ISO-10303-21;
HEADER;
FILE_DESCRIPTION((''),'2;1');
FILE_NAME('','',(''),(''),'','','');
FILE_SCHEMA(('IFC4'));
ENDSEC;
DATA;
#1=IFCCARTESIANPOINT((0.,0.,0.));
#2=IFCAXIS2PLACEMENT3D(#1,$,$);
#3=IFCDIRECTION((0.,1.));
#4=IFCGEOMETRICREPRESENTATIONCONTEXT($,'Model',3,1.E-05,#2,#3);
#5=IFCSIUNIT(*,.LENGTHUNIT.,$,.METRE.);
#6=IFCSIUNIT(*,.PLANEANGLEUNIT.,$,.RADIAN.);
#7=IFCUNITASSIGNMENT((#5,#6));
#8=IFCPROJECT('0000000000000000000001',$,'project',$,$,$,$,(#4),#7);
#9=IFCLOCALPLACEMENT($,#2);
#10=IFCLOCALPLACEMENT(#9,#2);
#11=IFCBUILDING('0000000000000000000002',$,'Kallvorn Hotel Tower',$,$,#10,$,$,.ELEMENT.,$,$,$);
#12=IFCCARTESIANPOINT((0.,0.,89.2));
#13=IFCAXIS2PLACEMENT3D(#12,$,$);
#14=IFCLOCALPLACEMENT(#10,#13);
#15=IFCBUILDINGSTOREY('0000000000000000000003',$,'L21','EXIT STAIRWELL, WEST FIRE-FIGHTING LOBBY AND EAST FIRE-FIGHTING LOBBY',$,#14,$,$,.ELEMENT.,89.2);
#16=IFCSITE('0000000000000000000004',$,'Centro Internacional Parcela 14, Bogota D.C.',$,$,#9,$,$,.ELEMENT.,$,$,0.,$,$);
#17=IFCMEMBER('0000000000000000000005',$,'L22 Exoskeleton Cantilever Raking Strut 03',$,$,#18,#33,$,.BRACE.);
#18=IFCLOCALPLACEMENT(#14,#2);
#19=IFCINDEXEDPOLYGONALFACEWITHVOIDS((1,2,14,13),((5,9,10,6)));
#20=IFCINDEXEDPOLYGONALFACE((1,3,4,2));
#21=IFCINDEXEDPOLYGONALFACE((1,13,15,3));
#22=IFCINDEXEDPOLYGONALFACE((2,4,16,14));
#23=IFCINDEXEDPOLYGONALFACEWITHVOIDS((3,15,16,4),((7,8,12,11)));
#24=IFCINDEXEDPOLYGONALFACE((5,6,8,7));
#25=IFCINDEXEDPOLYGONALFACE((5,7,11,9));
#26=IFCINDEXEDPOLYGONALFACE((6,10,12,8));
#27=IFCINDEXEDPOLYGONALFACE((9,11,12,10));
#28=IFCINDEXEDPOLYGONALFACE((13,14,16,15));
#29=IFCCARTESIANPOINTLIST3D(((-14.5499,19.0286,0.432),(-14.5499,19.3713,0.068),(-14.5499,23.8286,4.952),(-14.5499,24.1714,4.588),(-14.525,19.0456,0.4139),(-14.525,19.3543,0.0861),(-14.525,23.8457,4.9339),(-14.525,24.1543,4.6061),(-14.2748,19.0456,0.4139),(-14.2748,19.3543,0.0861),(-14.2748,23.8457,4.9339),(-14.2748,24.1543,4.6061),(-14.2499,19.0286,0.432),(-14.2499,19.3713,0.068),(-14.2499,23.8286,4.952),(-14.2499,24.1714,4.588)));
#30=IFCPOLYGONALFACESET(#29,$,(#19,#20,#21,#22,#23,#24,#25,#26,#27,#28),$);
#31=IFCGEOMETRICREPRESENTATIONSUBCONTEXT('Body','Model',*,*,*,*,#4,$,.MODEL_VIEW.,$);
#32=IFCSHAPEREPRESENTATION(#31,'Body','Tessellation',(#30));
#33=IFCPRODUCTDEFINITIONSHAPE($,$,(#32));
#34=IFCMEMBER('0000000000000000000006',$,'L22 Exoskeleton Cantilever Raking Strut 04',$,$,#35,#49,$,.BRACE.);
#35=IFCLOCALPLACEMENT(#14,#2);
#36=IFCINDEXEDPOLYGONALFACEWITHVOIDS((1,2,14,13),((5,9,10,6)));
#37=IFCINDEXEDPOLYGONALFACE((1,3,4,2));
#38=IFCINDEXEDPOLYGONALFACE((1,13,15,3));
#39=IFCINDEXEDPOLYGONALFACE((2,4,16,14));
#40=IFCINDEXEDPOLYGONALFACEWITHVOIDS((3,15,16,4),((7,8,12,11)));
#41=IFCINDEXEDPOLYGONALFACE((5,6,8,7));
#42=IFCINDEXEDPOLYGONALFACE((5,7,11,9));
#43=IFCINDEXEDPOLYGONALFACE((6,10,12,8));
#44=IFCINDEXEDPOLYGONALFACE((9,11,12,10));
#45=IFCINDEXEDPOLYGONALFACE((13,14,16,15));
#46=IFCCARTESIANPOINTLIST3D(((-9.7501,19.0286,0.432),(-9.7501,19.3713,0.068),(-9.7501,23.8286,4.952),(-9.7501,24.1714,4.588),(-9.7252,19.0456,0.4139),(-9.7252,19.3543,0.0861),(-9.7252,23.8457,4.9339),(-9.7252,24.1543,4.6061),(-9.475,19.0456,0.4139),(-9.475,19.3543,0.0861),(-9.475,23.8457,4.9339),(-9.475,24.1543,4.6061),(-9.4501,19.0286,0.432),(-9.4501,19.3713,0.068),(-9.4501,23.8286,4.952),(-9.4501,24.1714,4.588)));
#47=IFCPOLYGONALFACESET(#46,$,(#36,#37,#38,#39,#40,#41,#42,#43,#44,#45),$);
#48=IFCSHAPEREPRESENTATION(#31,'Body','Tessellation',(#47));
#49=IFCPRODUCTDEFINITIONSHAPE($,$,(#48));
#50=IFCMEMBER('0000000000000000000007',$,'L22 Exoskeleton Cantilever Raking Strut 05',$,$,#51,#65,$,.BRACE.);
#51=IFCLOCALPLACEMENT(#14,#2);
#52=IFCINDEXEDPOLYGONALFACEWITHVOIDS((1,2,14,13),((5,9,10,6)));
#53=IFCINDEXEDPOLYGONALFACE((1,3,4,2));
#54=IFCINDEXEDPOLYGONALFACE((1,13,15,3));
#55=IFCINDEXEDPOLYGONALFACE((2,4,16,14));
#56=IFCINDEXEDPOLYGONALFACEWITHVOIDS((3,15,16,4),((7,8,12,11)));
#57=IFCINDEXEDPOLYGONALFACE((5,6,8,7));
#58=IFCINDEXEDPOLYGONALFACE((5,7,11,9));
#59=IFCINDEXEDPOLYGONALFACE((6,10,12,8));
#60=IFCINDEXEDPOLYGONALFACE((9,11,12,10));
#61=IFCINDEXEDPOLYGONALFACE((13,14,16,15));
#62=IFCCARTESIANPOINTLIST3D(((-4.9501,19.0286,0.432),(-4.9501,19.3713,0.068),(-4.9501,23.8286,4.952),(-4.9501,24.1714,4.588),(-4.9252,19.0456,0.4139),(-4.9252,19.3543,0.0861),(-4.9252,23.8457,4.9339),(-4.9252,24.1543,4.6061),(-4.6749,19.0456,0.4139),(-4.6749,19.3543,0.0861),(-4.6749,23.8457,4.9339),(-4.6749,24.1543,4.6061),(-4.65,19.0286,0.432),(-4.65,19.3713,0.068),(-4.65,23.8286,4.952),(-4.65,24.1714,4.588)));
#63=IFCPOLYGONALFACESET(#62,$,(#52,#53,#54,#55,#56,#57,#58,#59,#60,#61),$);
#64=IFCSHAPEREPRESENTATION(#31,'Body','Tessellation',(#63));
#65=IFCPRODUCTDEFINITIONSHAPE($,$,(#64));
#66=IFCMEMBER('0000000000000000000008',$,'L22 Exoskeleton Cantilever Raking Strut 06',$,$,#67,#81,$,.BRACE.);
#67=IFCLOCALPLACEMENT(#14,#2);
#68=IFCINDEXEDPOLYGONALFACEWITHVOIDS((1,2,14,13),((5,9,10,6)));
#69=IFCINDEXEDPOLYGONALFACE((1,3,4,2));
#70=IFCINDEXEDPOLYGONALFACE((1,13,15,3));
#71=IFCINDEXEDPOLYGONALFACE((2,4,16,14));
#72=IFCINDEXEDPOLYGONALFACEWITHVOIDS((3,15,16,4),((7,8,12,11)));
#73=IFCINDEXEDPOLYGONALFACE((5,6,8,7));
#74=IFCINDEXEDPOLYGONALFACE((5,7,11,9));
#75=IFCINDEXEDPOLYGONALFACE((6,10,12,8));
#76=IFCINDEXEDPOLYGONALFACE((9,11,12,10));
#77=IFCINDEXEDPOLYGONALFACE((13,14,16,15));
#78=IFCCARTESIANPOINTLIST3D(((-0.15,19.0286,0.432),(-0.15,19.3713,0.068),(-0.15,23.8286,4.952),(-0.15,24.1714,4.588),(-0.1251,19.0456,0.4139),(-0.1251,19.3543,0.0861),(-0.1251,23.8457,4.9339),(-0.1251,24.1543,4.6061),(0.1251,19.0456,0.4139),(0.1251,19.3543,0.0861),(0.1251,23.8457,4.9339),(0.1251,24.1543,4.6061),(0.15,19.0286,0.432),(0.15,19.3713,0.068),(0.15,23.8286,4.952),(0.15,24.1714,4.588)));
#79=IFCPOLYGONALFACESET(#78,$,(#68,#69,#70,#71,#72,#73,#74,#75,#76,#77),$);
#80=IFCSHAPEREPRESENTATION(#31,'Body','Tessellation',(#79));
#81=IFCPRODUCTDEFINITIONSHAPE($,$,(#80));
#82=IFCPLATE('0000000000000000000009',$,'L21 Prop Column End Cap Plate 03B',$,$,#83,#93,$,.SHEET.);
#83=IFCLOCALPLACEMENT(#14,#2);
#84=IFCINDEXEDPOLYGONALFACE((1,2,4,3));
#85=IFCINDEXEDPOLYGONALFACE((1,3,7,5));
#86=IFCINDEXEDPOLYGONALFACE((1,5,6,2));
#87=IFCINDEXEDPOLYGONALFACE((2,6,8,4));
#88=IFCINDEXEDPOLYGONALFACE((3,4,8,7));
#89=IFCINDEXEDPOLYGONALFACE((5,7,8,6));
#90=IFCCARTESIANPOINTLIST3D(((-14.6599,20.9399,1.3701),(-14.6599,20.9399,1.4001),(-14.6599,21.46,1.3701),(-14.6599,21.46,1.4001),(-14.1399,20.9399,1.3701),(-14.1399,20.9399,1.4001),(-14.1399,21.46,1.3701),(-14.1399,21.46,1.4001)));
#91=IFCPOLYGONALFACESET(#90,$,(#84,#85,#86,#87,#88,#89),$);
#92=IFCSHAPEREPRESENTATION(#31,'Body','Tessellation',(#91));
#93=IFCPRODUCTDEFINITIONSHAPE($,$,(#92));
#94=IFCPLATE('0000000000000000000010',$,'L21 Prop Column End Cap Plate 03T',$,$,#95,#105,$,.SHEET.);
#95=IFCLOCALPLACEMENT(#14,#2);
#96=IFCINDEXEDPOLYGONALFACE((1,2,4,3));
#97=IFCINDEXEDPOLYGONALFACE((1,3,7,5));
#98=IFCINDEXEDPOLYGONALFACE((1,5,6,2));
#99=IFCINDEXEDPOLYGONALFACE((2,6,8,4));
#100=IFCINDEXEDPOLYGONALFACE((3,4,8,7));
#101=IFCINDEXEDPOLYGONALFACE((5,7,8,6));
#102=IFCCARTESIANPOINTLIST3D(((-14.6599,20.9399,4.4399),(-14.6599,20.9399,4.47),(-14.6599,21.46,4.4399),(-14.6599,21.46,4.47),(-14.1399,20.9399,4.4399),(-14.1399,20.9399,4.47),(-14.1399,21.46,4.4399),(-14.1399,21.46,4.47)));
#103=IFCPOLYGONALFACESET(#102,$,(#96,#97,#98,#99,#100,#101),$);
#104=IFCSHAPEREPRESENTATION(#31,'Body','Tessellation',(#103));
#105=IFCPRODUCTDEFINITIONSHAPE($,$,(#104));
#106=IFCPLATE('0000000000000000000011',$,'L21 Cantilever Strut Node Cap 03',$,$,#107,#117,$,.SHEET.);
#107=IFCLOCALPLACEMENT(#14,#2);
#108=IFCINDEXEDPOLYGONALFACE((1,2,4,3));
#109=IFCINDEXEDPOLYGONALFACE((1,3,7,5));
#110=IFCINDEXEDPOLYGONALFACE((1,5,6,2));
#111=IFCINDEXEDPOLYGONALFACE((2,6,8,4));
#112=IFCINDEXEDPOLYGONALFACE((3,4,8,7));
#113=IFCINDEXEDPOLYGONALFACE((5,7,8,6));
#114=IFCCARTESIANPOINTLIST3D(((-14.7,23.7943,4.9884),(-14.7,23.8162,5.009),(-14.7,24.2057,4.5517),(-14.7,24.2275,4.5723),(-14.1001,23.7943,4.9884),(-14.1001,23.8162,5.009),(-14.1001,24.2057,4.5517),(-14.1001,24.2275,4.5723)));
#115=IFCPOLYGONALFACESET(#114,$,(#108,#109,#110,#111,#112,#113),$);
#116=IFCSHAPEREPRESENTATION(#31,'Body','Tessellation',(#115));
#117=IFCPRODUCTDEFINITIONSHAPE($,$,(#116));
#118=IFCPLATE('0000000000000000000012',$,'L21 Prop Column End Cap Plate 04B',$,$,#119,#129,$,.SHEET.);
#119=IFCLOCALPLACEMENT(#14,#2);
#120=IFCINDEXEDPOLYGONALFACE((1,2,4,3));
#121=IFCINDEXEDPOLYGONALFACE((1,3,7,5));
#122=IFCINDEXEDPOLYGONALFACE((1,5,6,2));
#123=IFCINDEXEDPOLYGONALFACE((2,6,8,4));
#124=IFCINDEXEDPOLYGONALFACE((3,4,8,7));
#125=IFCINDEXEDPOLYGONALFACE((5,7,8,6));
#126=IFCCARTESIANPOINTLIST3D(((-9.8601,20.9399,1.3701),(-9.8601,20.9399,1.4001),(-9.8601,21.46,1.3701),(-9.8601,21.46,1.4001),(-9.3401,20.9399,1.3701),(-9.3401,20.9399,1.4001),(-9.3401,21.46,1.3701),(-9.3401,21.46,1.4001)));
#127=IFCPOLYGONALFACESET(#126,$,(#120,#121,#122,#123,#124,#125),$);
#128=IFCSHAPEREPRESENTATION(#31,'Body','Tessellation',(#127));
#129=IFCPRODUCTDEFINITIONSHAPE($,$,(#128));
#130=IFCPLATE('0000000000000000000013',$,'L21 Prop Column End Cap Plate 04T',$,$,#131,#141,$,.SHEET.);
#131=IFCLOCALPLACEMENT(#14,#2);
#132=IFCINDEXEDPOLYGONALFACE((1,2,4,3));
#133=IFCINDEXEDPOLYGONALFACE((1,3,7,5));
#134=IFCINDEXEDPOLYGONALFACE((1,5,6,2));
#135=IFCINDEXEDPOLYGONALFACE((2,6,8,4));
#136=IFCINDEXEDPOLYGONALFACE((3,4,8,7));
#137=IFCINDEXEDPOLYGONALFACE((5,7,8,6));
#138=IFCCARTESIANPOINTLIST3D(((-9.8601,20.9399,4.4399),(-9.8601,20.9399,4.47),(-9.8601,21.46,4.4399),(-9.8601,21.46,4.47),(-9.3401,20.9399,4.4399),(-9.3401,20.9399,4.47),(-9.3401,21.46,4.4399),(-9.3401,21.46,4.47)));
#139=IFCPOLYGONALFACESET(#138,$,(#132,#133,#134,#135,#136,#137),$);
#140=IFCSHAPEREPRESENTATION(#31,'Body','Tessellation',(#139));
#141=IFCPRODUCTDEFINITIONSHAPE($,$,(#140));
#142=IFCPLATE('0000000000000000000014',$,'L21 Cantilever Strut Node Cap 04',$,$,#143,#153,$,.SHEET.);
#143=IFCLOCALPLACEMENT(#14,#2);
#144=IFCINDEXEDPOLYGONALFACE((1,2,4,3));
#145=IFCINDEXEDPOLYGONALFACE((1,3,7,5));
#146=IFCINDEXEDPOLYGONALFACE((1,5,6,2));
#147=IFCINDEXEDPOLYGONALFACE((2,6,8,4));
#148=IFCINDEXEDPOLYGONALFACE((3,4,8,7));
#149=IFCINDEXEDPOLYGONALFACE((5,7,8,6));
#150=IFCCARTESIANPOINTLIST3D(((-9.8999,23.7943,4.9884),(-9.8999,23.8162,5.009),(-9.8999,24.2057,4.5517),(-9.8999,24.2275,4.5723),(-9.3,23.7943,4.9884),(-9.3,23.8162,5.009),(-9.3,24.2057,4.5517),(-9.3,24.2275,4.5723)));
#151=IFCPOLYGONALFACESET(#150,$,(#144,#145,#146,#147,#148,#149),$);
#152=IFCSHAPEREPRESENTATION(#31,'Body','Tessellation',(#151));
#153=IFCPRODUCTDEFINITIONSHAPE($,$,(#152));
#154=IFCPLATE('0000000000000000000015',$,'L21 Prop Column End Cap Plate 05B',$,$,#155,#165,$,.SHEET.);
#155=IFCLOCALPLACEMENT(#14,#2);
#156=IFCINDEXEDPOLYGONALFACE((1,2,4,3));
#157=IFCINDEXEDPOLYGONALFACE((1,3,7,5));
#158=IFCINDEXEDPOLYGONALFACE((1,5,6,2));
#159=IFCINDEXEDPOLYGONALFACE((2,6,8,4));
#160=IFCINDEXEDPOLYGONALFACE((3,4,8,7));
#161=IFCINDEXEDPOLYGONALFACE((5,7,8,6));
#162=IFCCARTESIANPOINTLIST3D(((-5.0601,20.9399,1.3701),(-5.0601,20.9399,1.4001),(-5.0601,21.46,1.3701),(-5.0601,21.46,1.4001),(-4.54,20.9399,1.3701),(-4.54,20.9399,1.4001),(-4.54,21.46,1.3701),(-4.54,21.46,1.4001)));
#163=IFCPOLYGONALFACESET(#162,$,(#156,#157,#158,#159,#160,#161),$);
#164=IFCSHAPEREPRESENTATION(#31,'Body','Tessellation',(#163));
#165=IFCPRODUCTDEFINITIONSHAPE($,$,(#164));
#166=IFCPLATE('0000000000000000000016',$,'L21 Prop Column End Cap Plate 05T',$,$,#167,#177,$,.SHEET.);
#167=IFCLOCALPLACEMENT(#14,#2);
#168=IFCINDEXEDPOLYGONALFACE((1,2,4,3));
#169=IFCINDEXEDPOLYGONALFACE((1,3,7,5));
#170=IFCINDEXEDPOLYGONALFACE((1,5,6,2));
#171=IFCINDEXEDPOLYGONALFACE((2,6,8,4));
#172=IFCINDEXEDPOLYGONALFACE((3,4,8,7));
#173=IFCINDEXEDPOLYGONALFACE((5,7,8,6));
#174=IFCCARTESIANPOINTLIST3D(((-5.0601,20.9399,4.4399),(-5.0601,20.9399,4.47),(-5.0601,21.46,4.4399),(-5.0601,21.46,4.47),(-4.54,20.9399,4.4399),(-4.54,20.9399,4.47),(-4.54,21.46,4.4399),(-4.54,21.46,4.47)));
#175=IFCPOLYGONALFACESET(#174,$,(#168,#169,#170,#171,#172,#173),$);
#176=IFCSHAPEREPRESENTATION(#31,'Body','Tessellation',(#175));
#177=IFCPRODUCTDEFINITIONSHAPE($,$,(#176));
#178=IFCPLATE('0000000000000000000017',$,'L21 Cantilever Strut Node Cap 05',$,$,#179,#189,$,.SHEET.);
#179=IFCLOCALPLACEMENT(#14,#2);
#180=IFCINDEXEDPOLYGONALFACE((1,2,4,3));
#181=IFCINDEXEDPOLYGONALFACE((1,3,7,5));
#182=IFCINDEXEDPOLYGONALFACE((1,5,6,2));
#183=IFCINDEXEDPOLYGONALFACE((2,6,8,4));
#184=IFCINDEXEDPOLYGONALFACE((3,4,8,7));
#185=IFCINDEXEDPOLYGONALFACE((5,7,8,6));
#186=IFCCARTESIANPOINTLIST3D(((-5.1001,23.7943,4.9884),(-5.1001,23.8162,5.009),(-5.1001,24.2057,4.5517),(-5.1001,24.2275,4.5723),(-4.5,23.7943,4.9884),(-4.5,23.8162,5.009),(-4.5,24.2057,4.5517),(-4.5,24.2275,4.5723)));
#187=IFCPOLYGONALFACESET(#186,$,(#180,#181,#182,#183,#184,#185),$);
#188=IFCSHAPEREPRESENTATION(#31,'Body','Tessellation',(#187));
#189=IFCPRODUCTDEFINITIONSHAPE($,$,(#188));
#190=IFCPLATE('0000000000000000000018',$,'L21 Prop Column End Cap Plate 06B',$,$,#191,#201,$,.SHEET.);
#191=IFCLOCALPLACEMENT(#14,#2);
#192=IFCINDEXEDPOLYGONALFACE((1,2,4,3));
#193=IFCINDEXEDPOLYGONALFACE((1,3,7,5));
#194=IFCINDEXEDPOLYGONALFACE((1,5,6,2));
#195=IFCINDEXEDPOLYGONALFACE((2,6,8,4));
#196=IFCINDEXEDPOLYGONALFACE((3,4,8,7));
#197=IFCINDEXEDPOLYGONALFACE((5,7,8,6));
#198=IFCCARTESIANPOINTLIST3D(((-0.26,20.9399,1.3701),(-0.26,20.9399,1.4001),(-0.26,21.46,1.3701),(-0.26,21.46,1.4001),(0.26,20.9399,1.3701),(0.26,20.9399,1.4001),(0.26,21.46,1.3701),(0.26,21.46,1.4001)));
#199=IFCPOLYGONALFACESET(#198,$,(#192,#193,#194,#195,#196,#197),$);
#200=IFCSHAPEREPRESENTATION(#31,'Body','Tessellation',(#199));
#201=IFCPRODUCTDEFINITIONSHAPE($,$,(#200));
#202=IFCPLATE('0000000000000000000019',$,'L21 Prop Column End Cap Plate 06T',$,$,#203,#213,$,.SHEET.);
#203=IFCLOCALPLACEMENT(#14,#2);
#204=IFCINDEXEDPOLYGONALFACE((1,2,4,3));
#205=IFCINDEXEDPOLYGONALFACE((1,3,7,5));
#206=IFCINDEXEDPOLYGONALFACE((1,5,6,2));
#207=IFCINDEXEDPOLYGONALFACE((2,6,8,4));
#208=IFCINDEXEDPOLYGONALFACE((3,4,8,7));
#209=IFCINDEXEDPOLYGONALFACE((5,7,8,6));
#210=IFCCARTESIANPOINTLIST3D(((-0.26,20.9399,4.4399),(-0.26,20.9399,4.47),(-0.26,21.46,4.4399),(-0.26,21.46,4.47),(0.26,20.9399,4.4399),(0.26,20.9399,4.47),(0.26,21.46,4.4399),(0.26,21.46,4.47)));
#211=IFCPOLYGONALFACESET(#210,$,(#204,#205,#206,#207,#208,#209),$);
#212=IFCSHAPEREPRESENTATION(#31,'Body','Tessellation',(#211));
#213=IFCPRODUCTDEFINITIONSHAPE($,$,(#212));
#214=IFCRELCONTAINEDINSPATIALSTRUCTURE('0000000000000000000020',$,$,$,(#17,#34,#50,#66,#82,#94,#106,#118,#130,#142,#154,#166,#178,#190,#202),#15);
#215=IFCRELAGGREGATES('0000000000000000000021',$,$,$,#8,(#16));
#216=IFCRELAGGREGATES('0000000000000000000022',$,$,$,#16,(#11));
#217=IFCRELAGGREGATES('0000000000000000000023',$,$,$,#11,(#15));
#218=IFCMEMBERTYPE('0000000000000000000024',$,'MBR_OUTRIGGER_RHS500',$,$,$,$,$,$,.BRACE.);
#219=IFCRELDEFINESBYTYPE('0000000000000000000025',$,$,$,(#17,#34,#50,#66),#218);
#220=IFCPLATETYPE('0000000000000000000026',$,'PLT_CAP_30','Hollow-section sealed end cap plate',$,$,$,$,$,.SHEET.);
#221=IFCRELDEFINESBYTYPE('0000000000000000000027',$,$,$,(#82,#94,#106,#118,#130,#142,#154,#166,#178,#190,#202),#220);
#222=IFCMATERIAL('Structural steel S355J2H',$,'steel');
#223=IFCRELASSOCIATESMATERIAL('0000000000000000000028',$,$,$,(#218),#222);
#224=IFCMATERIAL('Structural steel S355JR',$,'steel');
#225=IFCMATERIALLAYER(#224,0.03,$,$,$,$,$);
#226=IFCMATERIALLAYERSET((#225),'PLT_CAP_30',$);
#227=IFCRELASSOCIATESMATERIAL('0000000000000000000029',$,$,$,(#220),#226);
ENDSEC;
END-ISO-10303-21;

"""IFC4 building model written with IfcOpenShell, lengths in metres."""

from ifc_helpers import new_model, si_unit, direction, frame, origin, origin_2d, place, context, subcontext, project, spatial, polyline, rectangle, hollow_rectangle, outline, extrude, material, layer, layer_set, material_profile, profile_set, type_object, element, save


model = new_model("IFC4")

# Units and contexts
model_context = context("Model", 3, precision=1e-05, world=origin(), true_north=direction((0.0, 1.0)))
body_context = subcontext(model_context, "Body", "Model", "MODEL_VIEW")
ifc_project = project(units=[si_unit("LENGTHUNIT", "METRE"), si_unit("PLANEANGLEUNIT", "RADIAN")], contexts=[model_context])

# Site, building, storey
site_placement = place(None, origin())
site = spatial("IfcSite", under=ifc_project, at=site_placement, Name="Centro Internacional Parcela 14, Bogota D.C.", CompositionType="ELEMENT", RefElevation=0.0)
building_placement = place(site_placement, origin())
building = spatial("IfcBuilding", under=site, at=building_placement, Name="Kallvorn Hotel Tower", CompositionType="ELEMENT")
storey_placement = place(building_placement, frame((0.0, 0.0, 89.2)))
storey = spatial("IfcBuildingStorey", under=building, at=storey_placement, Name="L21", Description="EXIT STAIRWELL, WEST FIRE-FIGHTING LOBBY AND EAST FIRE-FIGHTING LOBBY", CompositionType="ELEMENT", Elevation=89.2)

# Members
ifc_material_1 = material(Name="Structural steel S355J2H", Category="steel")
ifc_material_profile_1 = material_profile(ifc_material_1, hollow_rectangle(XDim=0.3, YDim=0.5, WallThickness=0.0249, at=origin_2d()), Name="RHS 500x300x25")
ifc_profile_set_1 = profile_set([ifc_material_profile_1], Name="Structural steel S355J2H")
member_type = type_object("IfcMemberType", Name="MBR_OUTRIGGER_RHS500", PredefinedType="BRACE", material=ifc_profile_set_1)
for number, where, z_axis, x_axis, name in (
    (1, (-14.3999, 19.2, 0.25), (0.0, 0.728024, 0.685552), (-1.0, 0.0, 0.0), "L22 Exoskeleton Cantilever Raking Strut 03"),
    (2, (-9.6001, 19.2, 0.25), (0.0, 0.728024, 0.685552), (-1.0, 0.0, 0.0), "L22 Exoskeleton Cantilever Raking Strut 04"),
    (3, (-4.8, 19.2, 0.25), (0.0, 0.728024, 0.685552), (-1.0, 0.0, 0.0), "L22 Exoskeleton Cantilever Raking Strut 05"),
    (4, (0.0, 19.2, 0.25), (0.0, 0.728024, 0.685552), (-1.0, 0.0, 0.0), "L22 Exoskeleton Cantilever Raking Strut 06"),
):
    element("IfcMember", number, at=place(storey_placement, frame(where, z_axis=z_axis, x_axis=x_axis)), inside=storey, type_object=member_type, Name=name, PredefinedType="BRACE", context=body_context, shape_type="SweptSolid", body=[
        extrude(hollow_rectangle(XDim=0.3, YDim=0.5, WallThickness=0.0249, at=origin_2d()), origin(), (0.0, 0.0, 1.0), 6.5933),
    ])

# Plates
ifc_material_2 = material(Name="Structural steel S355JR", Category="steel")
ifc_layer = layer(ifc_material_2, 0.03)
ifc_layer_set = layer_set([ifc_layer], Name="PLT_CAP_30")
plate_type = type_object("IfcPlateType", Name="PLT_CAP_30", Description="Hollow-section sealed end cap plate", PredefinedType="SHEET", material=ifc_layer_set)
for number, where, z_axis, x_axis, name in (
    (5, (-14.3999, 21.2, 1.3701), (0.0, 0.0, 1.0), (1.0, 0.0, 0.0), "L21 Prop Column End Cap Plate 03B"),
    (6, (-14.3999, 21.2, 4.4399), (0.0, 0.0, 1.0), (1.0, 0.0, 0.0), "L21 Prop Column End Cap Plate 03T"),
):
    element("IfcPlate", number, at=place(storey_placement, frame(where, z_axis=z_axis, x_axis=x_axis)), inside=storey, type_object=plate_type, Name=name, PredefinedType="SHEET", context=body_context, shape_type="SweptSolid", body=[
        extrude(rectangle(XDim=0.52, YDim=0.52, at=origin_2d()), origin(), (0.0, 0.0, 1.0), 0.03),
    ])
plate_1_placement = place(storey_placement, frame((-14.1001, 24.2275, 4.5723), z_axis=(0.0, 0.727949, 0.685631), x_axis=(-1.0, 0.0, 0.0)))
element("IfcPlate", 7, at=plate_1_placement, inside=storey, type_object=plate_type, Name="L21 Cantilever Strut Node Cap 03", PredefinedType="SHEET", context=body_context, shape_type="SweptSolid", body=[
    extrude(outline(polyline([(0.0, 0.0), (0.5999, 0.0), (0.5999, 0.6), (0.0, 0.6), (0.0, 0.0)])), origin(), (0.0, 0.0, -1.0), 0.03),
])
for number, where, z_axis, x_axis, name in (
    (8, (-9.6001, 21.2, 1.3701), (0.0, 0.0, 1.0), (1.0, 0.0, 0.0), "L21 Prop Column End Cap Plate 04B"),
    (9, (-9.6001, 21.2, 4.4399), (0.0, 0.0, 1.0), (1.0, 0.0, 0.0), "L21 Prop Column End Cap Plate 04T"),
):
    element("IfcPlate", number, at=place(storey_placement, frame(where, z_axis=z_axis, x_axis=x_axis)), inside=storey, type_object=plate_type, Name=name, PredefinedType="SHEET", context=body_context, shape_type="SweptSolid", body=[
        extrude(rectangle(XDim=0.52, YDim=0.52, at=origin_2d()), origin(), (0.0, 0.0, 1.0), 0.03),
    ])
plate_2_placement = place(storey_placement, frame((-9.3, 24.2275, 4.5723), z_axis=(0.0, 0.727949, 0.685631), x_axis=(-1.0, 0.0, 0.0)))
element("IfcPlate", 10, at=plate_2_placement, inside=storey, type_object=plate_type, Name="L21 Cantilever Strut Node Cap 04", PredefinedType="SHEET", context=body_context, shape_type="SweptSolid", body=[
    extrude(outline(polyline([(0.0, 0.0), (0.5999, 0.0), (0.5999, 0.6), (0.0, 0.6), (0.0, 0.0)])), origin(), (0.0, 0.0, -1.0), 0.03),
])
for number, where, z_axis, x_axis, name in (
    (11, (-4.8, 21.2, 1.3701), (0.0, 0.0, 1.0), (1.0, 0.0, 0.0), "L21 Prop Column End Cap Plate 05B"),
    (12, (-4.8, 21.2, 4.4399), (0.0, 0.0, 1.0), (1.0, 0.0, 0.0), "L21 Prop Column End Cap Plate 05T"),
):
    element("IfcPlate", number, at=place(storey_placement, frame(where, z_axis=z_axis, x_axis=x_axis)), inside=storey, type_object=plate_type, Name=name, PredefinedType="SHEET", context=body_context, shape_type="SweptSolid", body=[
        extrude(rectangle(XDim=0.52, YDim=0.52, at=origin_2d()), origin(), (0.0, 0.0, 1.0), 0.03),
    ])
plate_3_placement = place(storey_placement, frame((-4.5, 24.2275, 4.5723), z_axis=(0.0, 0.727949, 0.685631), x_axis=(-1.0, 0.0, 0.0)))
element("IfcPlate", 13, at=plate_3_placement, inside=storey, type_object=plate_type, Name="L21 Cantilever Strut Node Cap 05", PredefinedType="SHEET", context=body_context, shape_type="SweptSolid", body=[
    extrude(outline(polyline([(0.0, 0.0), (0.6001, 0.0), (0.6001, 0.6), (0.0, 0.6), (0.0, 0.0)])), origin(), (0.0, 0.0, -1.0), 0.03),
])
for number, where, z_axis, x_axis, name in (
    (14, (0.0, 21.2, 1.3701), (0.0, 0.0, 1.0), (1.0, 0.0, 0.0), "L21 Prop Column End Cap Plate 06B"),
    (15, (0.0, 21.2, 4.4399), (0.0, 0.0, 1.0), (1.0, 0.0, 0.0), "L21 Prop Column End Cap Plate 06T"),
):
    element("IfcPlate", number, at=place(storey_placement, frame(where, z_axis=z_axis, x_axis=x_axis)), inside=storey, type_object=plate_type, Name=name, PredefinedType="SHEET", context=body_context, shape_type="SweptSolid", body=[
        extrude(rectangle(XDim=0.52, YDim=0.52, at=origin_2d()), origin(), (0.0, 0.0, 1.0), 0.03),
    ])

save(model, "model.ifc")
